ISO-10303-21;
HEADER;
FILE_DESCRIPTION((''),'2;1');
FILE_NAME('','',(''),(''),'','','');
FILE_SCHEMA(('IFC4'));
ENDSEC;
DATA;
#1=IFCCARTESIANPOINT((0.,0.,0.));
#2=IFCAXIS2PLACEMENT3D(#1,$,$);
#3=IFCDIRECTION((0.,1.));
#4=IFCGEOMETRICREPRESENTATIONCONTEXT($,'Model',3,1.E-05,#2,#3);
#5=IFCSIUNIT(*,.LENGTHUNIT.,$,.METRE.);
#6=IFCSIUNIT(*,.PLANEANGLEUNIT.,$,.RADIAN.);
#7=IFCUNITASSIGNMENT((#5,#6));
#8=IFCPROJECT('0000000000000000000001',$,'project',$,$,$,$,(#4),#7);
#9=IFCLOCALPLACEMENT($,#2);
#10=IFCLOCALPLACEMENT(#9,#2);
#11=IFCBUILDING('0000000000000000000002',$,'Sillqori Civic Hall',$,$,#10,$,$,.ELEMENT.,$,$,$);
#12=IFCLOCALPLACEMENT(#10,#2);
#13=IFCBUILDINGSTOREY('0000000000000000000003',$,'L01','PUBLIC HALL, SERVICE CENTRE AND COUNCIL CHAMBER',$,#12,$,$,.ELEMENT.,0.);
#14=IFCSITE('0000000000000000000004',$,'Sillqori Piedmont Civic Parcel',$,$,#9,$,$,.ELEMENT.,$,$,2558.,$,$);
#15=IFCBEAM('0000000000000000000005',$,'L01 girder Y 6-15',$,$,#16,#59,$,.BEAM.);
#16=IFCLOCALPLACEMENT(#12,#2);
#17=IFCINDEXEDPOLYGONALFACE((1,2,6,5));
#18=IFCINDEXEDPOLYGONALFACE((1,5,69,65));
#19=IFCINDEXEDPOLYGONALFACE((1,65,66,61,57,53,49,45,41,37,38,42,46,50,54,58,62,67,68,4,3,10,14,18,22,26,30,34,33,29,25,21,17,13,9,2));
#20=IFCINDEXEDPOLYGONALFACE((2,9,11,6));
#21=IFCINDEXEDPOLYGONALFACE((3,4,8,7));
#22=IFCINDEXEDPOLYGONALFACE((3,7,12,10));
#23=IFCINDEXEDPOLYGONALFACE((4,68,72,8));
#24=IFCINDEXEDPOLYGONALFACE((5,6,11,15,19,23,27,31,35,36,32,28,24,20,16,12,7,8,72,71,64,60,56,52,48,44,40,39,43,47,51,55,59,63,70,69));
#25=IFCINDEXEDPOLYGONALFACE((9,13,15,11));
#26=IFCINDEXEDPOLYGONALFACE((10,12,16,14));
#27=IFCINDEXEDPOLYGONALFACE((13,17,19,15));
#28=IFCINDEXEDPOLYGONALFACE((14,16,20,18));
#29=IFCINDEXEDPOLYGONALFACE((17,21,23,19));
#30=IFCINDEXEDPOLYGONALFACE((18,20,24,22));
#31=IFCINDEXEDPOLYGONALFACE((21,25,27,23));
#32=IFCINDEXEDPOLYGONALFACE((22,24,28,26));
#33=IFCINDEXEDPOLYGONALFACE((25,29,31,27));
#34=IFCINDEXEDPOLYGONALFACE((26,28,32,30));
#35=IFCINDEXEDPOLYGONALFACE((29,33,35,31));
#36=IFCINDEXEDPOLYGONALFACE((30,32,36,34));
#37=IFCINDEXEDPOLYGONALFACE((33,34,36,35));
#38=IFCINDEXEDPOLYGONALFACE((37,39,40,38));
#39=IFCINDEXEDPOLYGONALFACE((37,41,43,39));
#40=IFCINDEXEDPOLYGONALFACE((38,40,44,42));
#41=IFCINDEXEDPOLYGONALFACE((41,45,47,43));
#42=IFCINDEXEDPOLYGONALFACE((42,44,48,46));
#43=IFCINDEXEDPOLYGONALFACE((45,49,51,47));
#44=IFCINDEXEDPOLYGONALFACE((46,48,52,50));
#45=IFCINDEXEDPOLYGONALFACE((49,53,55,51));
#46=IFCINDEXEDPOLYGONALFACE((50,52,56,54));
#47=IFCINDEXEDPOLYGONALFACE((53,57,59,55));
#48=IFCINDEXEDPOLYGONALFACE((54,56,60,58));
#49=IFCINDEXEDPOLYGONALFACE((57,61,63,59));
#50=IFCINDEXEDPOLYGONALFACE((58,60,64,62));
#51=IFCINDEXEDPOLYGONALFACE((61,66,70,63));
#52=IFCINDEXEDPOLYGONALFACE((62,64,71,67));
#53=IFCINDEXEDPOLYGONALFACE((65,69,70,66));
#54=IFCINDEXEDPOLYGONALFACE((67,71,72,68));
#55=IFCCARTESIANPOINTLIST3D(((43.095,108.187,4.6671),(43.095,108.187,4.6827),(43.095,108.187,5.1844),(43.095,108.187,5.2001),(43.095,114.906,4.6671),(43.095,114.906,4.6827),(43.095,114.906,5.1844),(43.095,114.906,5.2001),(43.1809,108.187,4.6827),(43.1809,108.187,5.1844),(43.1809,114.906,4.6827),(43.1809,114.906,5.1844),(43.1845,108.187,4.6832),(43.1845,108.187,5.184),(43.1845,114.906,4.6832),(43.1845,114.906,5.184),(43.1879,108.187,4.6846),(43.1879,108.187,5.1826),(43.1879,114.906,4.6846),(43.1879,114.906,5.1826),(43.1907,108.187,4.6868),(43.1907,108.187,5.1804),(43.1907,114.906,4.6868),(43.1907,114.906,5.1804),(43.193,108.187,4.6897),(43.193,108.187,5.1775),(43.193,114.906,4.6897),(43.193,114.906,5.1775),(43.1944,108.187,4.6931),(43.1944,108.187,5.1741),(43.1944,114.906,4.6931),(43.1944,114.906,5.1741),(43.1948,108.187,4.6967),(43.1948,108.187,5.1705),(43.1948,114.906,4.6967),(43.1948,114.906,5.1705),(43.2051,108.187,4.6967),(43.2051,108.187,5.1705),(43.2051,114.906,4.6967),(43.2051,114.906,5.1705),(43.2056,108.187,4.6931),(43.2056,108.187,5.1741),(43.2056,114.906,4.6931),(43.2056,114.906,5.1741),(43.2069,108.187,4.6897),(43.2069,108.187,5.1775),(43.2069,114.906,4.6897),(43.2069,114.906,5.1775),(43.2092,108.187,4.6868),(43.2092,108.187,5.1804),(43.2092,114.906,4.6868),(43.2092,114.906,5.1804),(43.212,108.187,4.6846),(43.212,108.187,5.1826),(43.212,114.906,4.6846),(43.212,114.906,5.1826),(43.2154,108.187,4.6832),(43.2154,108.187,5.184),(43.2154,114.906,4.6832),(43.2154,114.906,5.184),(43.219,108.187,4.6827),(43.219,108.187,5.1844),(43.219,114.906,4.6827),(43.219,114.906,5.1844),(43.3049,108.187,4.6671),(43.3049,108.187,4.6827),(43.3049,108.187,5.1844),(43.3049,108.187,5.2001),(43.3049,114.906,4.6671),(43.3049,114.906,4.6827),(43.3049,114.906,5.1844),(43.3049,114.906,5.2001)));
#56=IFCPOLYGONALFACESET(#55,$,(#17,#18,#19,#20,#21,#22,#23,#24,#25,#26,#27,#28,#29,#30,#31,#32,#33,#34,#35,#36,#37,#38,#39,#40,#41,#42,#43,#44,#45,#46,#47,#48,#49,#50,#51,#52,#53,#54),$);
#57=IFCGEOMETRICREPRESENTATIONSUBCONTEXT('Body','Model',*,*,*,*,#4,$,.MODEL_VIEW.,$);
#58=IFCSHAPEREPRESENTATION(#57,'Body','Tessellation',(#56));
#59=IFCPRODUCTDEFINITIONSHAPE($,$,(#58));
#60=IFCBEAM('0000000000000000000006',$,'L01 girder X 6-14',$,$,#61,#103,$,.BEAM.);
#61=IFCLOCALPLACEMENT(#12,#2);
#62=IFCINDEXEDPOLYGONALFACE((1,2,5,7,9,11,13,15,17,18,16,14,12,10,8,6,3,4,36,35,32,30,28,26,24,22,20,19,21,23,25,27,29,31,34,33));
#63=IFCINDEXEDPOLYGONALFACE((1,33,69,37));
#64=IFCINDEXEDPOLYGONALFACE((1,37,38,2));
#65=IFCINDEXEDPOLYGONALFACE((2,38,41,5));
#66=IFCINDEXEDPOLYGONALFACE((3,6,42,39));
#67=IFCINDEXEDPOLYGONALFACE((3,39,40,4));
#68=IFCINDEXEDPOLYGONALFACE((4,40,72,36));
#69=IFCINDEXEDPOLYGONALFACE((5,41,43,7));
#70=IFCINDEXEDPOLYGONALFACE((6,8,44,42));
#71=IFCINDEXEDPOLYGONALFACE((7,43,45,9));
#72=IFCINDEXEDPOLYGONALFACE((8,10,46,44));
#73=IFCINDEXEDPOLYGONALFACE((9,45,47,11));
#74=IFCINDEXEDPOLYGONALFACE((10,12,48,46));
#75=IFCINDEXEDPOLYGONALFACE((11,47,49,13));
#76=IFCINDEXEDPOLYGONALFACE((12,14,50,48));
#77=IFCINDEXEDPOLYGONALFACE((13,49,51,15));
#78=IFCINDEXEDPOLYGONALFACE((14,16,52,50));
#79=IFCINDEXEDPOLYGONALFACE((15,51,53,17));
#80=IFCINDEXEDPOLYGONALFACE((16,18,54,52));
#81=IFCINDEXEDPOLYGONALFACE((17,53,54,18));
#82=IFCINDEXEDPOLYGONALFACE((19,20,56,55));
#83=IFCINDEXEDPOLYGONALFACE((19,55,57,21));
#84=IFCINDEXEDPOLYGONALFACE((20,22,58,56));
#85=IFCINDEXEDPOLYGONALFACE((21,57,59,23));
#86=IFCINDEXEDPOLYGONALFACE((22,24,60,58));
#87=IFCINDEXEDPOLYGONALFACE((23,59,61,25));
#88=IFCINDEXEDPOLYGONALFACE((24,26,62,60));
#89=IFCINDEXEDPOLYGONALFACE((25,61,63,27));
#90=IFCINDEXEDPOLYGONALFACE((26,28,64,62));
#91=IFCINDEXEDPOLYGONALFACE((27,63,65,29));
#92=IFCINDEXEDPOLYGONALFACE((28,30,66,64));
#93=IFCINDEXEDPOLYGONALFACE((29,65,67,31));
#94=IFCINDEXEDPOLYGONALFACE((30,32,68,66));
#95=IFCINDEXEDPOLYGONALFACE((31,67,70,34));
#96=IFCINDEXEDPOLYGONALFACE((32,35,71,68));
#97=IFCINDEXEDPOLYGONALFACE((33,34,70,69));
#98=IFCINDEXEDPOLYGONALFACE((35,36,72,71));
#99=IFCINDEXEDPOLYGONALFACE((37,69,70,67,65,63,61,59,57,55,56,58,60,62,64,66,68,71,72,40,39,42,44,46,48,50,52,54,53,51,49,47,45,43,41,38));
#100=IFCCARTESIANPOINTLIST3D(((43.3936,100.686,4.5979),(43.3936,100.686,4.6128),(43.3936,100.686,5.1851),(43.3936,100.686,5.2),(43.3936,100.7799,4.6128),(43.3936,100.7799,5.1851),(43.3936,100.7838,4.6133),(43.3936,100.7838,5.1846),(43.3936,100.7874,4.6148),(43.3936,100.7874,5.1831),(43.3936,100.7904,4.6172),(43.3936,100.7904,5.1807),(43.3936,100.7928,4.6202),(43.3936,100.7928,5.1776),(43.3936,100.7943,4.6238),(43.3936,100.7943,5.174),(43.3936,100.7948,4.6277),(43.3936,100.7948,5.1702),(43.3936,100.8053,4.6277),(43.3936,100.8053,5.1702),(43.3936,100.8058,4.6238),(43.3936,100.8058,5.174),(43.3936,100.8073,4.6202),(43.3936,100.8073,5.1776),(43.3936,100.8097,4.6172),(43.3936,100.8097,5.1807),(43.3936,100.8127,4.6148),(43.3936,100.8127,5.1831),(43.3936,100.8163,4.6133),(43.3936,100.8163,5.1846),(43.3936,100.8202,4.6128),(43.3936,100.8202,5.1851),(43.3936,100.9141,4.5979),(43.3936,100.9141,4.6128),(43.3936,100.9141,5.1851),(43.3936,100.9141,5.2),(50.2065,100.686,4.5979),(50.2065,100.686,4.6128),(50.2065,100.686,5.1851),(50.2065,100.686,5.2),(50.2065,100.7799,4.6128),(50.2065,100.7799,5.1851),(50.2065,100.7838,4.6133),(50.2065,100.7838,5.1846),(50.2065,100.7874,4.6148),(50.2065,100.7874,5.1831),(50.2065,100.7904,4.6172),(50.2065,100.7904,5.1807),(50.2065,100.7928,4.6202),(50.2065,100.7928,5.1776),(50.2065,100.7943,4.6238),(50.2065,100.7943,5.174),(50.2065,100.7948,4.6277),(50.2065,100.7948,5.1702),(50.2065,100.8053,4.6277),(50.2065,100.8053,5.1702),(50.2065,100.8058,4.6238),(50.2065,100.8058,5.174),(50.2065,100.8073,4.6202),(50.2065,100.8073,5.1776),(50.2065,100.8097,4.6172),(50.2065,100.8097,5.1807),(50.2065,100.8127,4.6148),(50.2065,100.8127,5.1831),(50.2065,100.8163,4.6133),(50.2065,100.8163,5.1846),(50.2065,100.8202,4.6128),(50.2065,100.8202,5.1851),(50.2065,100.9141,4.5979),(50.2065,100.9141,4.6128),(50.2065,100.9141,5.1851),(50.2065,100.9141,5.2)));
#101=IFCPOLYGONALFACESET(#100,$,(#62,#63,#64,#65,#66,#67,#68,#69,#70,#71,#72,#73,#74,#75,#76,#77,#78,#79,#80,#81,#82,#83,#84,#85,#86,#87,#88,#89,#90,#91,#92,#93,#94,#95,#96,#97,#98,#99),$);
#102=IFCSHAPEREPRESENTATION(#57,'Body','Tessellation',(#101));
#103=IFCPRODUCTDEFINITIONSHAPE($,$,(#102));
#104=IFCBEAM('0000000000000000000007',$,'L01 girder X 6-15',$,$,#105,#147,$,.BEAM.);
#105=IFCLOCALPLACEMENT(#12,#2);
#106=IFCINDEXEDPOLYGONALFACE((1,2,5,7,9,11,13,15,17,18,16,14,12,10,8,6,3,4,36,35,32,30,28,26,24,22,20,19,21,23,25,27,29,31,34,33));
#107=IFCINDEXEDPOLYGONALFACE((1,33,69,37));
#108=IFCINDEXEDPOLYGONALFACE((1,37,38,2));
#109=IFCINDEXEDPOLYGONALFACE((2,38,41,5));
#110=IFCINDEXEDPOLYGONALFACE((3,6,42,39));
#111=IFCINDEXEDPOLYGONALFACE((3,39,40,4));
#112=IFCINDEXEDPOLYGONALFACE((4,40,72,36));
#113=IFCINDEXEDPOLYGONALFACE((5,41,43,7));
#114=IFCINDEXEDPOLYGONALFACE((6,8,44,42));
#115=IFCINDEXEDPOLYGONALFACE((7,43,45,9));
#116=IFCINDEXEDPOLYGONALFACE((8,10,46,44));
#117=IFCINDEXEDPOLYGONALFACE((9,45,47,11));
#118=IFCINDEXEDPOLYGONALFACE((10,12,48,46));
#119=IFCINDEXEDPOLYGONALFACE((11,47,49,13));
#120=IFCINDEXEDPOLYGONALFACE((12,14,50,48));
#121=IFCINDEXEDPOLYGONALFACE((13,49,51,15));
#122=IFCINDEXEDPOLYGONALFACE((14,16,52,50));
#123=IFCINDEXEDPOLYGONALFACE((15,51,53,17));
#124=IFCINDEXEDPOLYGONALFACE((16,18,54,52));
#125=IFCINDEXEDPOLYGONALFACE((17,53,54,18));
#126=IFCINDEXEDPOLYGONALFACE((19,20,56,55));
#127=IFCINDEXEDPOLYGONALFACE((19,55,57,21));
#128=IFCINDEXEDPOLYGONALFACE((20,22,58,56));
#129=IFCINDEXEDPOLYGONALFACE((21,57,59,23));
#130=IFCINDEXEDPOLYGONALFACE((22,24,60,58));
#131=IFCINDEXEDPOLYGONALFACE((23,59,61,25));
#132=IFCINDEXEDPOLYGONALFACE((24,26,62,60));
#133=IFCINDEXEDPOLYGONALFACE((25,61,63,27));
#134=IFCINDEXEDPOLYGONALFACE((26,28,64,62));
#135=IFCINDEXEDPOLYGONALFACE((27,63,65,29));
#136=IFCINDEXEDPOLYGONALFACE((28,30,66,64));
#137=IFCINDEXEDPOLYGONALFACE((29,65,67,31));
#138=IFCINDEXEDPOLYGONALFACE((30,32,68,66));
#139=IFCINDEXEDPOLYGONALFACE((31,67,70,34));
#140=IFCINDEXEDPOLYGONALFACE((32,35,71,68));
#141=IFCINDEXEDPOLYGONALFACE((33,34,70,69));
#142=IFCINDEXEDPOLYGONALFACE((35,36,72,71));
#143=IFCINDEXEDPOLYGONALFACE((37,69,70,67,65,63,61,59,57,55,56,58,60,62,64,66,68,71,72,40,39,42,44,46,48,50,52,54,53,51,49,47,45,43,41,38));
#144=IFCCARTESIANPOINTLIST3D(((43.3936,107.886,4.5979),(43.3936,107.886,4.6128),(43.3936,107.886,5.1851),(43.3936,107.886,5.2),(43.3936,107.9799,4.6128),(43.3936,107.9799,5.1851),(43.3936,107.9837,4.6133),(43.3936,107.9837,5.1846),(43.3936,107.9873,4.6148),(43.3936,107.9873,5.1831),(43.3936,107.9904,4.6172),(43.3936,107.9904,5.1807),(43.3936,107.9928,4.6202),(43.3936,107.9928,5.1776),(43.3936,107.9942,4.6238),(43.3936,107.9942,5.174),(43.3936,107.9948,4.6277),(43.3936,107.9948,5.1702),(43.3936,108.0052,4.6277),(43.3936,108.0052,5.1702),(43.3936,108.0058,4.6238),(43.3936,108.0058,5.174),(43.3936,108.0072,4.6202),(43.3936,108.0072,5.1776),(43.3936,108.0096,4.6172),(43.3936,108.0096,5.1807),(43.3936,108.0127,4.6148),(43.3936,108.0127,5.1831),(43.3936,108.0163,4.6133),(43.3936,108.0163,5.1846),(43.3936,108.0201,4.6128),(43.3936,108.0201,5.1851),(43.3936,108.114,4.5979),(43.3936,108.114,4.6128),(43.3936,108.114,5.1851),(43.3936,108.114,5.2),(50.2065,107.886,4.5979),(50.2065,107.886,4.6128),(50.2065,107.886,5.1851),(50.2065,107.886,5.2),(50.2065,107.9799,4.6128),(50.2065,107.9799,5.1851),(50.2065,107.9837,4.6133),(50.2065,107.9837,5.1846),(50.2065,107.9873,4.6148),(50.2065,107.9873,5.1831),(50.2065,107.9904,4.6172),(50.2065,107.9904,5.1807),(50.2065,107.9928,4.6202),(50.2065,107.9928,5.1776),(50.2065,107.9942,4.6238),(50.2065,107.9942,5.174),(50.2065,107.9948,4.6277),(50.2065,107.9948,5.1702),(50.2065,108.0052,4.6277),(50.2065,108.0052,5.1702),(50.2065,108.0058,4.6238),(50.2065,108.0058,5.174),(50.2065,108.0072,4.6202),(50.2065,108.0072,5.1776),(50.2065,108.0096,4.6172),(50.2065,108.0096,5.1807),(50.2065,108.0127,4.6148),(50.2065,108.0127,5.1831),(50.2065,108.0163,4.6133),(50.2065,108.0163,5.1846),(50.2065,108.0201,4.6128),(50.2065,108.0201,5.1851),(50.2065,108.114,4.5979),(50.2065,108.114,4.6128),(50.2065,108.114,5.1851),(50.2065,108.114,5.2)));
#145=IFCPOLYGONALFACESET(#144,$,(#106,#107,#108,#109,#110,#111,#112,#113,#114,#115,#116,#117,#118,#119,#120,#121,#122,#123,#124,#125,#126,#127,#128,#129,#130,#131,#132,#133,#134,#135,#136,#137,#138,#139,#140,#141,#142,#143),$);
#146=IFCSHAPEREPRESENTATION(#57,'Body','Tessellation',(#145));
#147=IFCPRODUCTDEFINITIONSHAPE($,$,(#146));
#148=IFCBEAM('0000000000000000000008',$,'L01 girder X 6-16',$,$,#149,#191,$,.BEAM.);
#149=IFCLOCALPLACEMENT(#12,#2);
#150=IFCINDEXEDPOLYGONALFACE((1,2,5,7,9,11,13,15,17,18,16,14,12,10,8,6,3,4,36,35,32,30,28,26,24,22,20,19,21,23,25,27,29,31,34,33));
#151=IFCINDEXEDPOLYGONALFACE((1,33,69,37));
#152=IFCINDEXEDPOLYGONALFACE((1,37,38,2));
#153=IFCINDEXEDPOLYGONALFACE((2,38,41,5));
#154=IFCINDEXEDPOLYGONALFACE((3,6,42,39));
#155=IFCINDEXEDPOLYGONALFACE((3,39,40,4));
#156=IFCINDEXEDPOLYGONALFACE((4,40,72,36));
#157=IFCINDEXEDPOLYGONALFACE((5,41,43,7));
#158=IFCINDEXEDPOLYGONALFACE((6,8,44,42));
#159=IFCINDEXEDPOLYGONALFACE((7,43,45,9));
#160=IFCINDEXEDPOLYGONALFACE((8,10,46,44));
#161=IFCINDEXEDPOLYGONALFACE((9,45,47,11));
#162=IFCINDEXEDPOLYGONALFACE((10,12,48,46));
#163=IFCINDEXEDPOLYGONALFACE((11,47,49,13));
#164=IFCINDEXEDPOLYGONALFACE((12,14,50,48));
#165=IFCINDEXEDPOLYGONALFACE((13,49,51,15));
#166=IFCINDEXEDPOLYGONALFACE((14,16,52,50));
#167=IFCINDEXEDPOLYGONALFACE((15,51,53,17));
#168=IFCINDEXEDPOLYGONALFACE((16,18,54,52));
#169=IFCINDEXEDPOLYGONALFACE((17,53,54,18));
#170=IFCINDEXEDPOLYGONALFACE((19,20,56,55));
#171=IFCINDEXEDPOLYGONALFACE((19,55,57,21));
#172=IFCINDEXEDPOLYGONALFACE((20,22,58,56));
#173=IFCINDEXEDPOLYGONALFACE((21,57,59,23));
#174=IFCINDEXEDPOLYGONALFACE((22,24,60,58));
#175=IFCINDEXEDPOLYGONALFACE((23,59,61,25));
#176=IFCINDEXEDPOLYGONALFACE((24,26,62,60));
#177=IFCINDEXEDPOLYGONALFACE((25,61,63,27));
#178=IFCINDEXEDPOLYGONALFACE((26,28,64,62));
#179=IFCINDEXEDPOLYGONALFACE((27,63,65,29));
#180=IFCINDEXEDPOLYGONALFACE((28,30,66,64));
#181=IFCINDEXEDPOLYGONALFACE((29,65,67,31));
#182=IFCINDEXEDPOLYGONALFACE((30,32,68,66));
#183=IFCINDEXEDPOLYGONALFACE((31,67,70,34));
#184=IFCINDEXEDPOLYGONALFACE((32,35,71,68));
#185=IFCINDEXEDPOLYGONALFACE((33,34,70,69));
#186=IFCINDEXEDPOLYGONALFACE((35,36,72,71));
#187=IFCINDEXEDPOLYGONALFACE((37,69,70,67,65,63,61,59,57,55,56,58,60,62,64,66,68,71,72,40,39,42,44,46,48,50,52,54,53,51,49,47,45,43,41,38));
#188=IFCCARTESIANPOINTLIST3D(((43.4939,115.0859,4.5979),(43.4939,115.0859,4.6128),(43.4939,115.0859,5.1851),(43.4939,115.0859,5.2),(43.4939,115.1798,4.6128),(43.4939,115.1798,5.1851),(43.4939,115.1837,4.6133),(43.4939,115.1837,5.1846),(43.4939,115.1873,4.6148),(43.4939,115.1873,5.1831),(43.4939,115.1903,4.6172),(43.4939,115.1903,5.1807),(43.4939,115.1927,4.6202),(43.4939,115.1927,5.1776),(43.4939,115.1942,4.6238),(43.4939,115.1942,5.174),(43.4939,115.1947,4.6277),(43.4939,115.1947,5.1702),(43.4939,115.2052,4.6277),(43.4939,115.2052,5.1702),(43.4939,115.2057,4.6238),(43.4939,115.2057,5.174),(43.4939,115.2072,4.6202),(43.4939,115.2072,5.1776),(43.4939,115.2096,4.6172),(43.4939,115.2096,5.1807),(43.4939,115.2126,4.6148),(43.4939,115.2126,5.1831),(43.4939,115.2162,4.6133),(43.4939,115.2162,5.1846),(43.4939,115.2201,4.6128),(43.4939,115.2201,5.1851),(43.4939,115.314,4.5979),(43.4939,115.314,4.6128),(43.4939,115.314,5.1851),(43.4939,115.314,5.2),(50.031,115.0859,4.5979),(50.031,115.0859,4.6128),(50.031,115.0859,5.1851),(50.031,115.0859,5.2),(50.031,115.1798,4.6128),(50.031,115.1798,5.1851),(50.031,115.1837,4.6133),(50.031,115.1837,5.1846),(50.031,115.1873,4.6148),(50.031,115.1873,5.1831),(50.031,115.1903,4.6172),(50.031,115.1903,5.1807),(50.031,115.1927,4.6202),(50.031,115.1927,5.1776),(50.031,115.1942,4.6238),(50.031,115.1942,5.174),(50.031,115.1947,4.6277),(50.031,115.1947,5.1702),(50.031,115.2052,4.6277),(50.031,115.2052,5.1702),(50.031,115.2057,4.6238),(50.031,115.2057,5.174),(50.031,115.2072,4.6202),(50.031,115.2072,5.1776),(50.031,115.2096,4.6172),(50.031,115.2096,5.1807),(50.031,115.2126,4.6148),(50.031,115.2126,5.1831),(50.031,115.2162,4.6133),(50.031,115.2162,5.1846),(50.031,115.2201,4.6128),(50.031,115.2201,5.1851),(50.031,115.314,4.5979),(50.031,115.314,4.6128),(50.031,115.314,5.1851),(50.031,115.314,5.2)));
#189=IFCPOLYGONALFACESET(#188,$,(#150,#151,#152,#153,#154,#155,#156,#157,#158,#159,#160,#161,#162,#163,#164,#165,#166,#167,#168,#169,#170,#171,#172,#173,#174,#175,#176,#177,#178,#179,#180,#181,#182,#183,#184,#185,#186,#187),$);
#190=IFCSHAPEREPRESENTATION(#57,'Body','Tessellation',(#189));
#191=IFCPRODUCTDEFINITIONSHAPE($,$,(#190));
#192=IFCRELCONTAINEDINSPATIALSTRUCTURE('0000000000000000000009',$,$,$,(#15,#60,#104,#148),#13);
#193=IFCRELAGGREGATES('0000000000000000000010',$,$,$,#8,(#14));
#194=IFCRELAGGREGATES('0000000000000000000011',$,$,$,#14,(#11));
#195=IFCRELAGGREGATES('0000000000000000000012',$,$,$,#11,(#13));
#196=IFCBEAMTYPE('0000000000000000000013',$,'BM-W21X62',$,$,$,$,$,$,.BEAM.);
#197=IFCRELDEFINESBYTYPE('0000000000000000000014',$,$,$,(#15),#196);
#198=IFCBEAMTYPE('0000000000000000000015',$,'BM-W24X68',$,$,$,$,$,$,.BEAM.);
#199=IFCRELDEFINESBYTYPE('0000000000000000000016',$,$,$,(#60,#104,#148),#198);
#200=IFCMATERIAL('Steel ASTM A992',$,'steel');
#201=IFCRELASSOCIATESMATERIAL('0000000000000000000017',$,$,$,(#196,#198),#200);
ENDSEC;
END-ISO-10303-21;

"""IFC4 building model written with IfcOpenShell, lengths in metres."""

from ifc_helpers import new_model, si_unit, direction, frame, origin, origin_2d, place, context, subcontext, project, spatial, i_section, extrude, material, material_profile, profile_set, type_object, element, save


model = new_model("IFC4")

# Units and contexts
model_context = context("Model", 3, precision=1e-05, world=origin(), true_north=direction((0.0, 1.0)))
body_context = subcontext(model_context, "Body", "Model", "MODEL_VIEW")
ifc_project = project(units=[si_unit("LENGTHUNIT", "METRE"), si_unit("PLANEANGLEUNIT", "RADIAN")], contexts=[model_context])

# Site, building, storey
site_placement = place(None, origin())
site = spatial("IfcSite", under=ifc_project, at=site_placement, Name="Sillqori Piedmont Civic Parcel", CompositionType="ELEMENT", RefElevation=2558.0)
building_placement = place(site_placement, origin())
building = spatial("IfcBuilding", under=site, at=building_placement, Name="Sillqori Civic Hall", CompositionType="ELEMENT")
storey_placement = place(building_placement, origin())
storey = spatial("IfcBuildingStorey", under=building, at=storey_placement, Name="L01", Description="PUBLIC HALL, SERVICE CENTRE AND COUNCIL CHAMBER", CompositionType="ELEMENT", Elevation=0.0)

# Shared definitions
ifc_material_1 = material(Name="Steel ASTM A992", Category="steel")

# Beams
ifc_material_profile_1 = material_profile(ifc_material_1, i_section(OverallWidth=0.21, OverallDepth=0.533, WebThickness=0.0103, FlangeThickness=0.0156, FilletRadius=0.0139, at=origin_2d()), Name="W21X62")
ifc_profile_set_1 = profile_set([ifc_material_profile_1], Name="Steel ASTM A992")
beam_type_1 = type_object("IfcBeamType", Name="BM-W21X62", PredefinedType="BEAM", material=ifc_profile_set_1)
beam_1_placement = place(storey_placement, frame((43.2, 108.187, 4.9336), z_axis=(0.0, 1.0, 0.0), x_axis=(-1.0, 0.0, 0.0)))
element("IfcBeam", 1, at=beam_1_placement, inside=storey, type_object=beam_type_1, Name="L01 girder Y 6-15", PredefinedType="BEAM", context=body_context, shape_type="SweptSolid", body=[
    extrude(i_section(OverallWidth=0.21, OverallDepth=0.533, WebThickness=0.0103, FlangeThickness=0.0156, FilletRadius=0.0139, at=origin_2d()), origin(), (0.0, 0.0, 1.0), 6.719),
])
ifc_material_profile_2 = material_profile(ifc_material_1, i_section(OverallWidth=0.228, OverallDepth=0.6021, WebThickness=0.0105, FlangeThickness=0.0149, FilletRadius=0.0149, at=origin_2d()), Name="W24X68")
ifc_profile_set_2 = profile_set([ifc_material_profile_2], Name="Steel ASTM A992")
beam_type_2 = type_object("IfcBeamType", Name="BM-W24X68", PredefinedType="BEAM", material=ifc_profile_set_2)
for number, where, z_axis, x_axis, name in (
    (2, (43.3936, 100.8, 4.8989), (1.0, 0.0, 0.0), (0.0, 1.0, 0.0), "L01 girder X 6-14"),
    (3, (43.3936, 108.0, 4.8989), (1.0, 0.0, 0.0), (0.0, 1.0, 0.0), "L01 girder X 6-15"),
):
    element("IfcBeam", number, at=place(storey_placement, frame(where, z_axis=z_axis, x_axis=x_axis)), inside=storey, type_object=beam_type_2, Name=name, PredefinedType="BEAM", context=body_context, shape_type="SweptSolid", body=[
        extrude(i_section(OverallWidth=0.228, OverallDepth=0.6021, WebThickness=0.0105, FlangeThickness=0.0149, FilletRadius=0.0149, at=origin_2d()), origin(), (0.0, 0.0, 1.0), 6.813),
    ])
beam_2_placement = place(storey_placement, frame((43.4939, 115.2, 4.8989), z_axis=(1.0, 0.0, 0.0), x_axis=(0.0, 1.0, 0.0)))
element("IfcBeam", 4, at=beam_2_placement, inside=storey, type_object=beam_type_2, Name="L01 girder X 6-16", PredefinedType="BEAM", context=body_context, shape_type="SweptSolid", body=[
    extrude(i_section(OverallWidth=0.228, OverallDepth=0.6021, WebThickness=0.0105, FlangeThickness=0.0149, FilletRadius=0.0149, at=origin_2d()), origin(), (0.0, 0.0, 1.0), 6.5371),
])

save(model, "model.ifc")
